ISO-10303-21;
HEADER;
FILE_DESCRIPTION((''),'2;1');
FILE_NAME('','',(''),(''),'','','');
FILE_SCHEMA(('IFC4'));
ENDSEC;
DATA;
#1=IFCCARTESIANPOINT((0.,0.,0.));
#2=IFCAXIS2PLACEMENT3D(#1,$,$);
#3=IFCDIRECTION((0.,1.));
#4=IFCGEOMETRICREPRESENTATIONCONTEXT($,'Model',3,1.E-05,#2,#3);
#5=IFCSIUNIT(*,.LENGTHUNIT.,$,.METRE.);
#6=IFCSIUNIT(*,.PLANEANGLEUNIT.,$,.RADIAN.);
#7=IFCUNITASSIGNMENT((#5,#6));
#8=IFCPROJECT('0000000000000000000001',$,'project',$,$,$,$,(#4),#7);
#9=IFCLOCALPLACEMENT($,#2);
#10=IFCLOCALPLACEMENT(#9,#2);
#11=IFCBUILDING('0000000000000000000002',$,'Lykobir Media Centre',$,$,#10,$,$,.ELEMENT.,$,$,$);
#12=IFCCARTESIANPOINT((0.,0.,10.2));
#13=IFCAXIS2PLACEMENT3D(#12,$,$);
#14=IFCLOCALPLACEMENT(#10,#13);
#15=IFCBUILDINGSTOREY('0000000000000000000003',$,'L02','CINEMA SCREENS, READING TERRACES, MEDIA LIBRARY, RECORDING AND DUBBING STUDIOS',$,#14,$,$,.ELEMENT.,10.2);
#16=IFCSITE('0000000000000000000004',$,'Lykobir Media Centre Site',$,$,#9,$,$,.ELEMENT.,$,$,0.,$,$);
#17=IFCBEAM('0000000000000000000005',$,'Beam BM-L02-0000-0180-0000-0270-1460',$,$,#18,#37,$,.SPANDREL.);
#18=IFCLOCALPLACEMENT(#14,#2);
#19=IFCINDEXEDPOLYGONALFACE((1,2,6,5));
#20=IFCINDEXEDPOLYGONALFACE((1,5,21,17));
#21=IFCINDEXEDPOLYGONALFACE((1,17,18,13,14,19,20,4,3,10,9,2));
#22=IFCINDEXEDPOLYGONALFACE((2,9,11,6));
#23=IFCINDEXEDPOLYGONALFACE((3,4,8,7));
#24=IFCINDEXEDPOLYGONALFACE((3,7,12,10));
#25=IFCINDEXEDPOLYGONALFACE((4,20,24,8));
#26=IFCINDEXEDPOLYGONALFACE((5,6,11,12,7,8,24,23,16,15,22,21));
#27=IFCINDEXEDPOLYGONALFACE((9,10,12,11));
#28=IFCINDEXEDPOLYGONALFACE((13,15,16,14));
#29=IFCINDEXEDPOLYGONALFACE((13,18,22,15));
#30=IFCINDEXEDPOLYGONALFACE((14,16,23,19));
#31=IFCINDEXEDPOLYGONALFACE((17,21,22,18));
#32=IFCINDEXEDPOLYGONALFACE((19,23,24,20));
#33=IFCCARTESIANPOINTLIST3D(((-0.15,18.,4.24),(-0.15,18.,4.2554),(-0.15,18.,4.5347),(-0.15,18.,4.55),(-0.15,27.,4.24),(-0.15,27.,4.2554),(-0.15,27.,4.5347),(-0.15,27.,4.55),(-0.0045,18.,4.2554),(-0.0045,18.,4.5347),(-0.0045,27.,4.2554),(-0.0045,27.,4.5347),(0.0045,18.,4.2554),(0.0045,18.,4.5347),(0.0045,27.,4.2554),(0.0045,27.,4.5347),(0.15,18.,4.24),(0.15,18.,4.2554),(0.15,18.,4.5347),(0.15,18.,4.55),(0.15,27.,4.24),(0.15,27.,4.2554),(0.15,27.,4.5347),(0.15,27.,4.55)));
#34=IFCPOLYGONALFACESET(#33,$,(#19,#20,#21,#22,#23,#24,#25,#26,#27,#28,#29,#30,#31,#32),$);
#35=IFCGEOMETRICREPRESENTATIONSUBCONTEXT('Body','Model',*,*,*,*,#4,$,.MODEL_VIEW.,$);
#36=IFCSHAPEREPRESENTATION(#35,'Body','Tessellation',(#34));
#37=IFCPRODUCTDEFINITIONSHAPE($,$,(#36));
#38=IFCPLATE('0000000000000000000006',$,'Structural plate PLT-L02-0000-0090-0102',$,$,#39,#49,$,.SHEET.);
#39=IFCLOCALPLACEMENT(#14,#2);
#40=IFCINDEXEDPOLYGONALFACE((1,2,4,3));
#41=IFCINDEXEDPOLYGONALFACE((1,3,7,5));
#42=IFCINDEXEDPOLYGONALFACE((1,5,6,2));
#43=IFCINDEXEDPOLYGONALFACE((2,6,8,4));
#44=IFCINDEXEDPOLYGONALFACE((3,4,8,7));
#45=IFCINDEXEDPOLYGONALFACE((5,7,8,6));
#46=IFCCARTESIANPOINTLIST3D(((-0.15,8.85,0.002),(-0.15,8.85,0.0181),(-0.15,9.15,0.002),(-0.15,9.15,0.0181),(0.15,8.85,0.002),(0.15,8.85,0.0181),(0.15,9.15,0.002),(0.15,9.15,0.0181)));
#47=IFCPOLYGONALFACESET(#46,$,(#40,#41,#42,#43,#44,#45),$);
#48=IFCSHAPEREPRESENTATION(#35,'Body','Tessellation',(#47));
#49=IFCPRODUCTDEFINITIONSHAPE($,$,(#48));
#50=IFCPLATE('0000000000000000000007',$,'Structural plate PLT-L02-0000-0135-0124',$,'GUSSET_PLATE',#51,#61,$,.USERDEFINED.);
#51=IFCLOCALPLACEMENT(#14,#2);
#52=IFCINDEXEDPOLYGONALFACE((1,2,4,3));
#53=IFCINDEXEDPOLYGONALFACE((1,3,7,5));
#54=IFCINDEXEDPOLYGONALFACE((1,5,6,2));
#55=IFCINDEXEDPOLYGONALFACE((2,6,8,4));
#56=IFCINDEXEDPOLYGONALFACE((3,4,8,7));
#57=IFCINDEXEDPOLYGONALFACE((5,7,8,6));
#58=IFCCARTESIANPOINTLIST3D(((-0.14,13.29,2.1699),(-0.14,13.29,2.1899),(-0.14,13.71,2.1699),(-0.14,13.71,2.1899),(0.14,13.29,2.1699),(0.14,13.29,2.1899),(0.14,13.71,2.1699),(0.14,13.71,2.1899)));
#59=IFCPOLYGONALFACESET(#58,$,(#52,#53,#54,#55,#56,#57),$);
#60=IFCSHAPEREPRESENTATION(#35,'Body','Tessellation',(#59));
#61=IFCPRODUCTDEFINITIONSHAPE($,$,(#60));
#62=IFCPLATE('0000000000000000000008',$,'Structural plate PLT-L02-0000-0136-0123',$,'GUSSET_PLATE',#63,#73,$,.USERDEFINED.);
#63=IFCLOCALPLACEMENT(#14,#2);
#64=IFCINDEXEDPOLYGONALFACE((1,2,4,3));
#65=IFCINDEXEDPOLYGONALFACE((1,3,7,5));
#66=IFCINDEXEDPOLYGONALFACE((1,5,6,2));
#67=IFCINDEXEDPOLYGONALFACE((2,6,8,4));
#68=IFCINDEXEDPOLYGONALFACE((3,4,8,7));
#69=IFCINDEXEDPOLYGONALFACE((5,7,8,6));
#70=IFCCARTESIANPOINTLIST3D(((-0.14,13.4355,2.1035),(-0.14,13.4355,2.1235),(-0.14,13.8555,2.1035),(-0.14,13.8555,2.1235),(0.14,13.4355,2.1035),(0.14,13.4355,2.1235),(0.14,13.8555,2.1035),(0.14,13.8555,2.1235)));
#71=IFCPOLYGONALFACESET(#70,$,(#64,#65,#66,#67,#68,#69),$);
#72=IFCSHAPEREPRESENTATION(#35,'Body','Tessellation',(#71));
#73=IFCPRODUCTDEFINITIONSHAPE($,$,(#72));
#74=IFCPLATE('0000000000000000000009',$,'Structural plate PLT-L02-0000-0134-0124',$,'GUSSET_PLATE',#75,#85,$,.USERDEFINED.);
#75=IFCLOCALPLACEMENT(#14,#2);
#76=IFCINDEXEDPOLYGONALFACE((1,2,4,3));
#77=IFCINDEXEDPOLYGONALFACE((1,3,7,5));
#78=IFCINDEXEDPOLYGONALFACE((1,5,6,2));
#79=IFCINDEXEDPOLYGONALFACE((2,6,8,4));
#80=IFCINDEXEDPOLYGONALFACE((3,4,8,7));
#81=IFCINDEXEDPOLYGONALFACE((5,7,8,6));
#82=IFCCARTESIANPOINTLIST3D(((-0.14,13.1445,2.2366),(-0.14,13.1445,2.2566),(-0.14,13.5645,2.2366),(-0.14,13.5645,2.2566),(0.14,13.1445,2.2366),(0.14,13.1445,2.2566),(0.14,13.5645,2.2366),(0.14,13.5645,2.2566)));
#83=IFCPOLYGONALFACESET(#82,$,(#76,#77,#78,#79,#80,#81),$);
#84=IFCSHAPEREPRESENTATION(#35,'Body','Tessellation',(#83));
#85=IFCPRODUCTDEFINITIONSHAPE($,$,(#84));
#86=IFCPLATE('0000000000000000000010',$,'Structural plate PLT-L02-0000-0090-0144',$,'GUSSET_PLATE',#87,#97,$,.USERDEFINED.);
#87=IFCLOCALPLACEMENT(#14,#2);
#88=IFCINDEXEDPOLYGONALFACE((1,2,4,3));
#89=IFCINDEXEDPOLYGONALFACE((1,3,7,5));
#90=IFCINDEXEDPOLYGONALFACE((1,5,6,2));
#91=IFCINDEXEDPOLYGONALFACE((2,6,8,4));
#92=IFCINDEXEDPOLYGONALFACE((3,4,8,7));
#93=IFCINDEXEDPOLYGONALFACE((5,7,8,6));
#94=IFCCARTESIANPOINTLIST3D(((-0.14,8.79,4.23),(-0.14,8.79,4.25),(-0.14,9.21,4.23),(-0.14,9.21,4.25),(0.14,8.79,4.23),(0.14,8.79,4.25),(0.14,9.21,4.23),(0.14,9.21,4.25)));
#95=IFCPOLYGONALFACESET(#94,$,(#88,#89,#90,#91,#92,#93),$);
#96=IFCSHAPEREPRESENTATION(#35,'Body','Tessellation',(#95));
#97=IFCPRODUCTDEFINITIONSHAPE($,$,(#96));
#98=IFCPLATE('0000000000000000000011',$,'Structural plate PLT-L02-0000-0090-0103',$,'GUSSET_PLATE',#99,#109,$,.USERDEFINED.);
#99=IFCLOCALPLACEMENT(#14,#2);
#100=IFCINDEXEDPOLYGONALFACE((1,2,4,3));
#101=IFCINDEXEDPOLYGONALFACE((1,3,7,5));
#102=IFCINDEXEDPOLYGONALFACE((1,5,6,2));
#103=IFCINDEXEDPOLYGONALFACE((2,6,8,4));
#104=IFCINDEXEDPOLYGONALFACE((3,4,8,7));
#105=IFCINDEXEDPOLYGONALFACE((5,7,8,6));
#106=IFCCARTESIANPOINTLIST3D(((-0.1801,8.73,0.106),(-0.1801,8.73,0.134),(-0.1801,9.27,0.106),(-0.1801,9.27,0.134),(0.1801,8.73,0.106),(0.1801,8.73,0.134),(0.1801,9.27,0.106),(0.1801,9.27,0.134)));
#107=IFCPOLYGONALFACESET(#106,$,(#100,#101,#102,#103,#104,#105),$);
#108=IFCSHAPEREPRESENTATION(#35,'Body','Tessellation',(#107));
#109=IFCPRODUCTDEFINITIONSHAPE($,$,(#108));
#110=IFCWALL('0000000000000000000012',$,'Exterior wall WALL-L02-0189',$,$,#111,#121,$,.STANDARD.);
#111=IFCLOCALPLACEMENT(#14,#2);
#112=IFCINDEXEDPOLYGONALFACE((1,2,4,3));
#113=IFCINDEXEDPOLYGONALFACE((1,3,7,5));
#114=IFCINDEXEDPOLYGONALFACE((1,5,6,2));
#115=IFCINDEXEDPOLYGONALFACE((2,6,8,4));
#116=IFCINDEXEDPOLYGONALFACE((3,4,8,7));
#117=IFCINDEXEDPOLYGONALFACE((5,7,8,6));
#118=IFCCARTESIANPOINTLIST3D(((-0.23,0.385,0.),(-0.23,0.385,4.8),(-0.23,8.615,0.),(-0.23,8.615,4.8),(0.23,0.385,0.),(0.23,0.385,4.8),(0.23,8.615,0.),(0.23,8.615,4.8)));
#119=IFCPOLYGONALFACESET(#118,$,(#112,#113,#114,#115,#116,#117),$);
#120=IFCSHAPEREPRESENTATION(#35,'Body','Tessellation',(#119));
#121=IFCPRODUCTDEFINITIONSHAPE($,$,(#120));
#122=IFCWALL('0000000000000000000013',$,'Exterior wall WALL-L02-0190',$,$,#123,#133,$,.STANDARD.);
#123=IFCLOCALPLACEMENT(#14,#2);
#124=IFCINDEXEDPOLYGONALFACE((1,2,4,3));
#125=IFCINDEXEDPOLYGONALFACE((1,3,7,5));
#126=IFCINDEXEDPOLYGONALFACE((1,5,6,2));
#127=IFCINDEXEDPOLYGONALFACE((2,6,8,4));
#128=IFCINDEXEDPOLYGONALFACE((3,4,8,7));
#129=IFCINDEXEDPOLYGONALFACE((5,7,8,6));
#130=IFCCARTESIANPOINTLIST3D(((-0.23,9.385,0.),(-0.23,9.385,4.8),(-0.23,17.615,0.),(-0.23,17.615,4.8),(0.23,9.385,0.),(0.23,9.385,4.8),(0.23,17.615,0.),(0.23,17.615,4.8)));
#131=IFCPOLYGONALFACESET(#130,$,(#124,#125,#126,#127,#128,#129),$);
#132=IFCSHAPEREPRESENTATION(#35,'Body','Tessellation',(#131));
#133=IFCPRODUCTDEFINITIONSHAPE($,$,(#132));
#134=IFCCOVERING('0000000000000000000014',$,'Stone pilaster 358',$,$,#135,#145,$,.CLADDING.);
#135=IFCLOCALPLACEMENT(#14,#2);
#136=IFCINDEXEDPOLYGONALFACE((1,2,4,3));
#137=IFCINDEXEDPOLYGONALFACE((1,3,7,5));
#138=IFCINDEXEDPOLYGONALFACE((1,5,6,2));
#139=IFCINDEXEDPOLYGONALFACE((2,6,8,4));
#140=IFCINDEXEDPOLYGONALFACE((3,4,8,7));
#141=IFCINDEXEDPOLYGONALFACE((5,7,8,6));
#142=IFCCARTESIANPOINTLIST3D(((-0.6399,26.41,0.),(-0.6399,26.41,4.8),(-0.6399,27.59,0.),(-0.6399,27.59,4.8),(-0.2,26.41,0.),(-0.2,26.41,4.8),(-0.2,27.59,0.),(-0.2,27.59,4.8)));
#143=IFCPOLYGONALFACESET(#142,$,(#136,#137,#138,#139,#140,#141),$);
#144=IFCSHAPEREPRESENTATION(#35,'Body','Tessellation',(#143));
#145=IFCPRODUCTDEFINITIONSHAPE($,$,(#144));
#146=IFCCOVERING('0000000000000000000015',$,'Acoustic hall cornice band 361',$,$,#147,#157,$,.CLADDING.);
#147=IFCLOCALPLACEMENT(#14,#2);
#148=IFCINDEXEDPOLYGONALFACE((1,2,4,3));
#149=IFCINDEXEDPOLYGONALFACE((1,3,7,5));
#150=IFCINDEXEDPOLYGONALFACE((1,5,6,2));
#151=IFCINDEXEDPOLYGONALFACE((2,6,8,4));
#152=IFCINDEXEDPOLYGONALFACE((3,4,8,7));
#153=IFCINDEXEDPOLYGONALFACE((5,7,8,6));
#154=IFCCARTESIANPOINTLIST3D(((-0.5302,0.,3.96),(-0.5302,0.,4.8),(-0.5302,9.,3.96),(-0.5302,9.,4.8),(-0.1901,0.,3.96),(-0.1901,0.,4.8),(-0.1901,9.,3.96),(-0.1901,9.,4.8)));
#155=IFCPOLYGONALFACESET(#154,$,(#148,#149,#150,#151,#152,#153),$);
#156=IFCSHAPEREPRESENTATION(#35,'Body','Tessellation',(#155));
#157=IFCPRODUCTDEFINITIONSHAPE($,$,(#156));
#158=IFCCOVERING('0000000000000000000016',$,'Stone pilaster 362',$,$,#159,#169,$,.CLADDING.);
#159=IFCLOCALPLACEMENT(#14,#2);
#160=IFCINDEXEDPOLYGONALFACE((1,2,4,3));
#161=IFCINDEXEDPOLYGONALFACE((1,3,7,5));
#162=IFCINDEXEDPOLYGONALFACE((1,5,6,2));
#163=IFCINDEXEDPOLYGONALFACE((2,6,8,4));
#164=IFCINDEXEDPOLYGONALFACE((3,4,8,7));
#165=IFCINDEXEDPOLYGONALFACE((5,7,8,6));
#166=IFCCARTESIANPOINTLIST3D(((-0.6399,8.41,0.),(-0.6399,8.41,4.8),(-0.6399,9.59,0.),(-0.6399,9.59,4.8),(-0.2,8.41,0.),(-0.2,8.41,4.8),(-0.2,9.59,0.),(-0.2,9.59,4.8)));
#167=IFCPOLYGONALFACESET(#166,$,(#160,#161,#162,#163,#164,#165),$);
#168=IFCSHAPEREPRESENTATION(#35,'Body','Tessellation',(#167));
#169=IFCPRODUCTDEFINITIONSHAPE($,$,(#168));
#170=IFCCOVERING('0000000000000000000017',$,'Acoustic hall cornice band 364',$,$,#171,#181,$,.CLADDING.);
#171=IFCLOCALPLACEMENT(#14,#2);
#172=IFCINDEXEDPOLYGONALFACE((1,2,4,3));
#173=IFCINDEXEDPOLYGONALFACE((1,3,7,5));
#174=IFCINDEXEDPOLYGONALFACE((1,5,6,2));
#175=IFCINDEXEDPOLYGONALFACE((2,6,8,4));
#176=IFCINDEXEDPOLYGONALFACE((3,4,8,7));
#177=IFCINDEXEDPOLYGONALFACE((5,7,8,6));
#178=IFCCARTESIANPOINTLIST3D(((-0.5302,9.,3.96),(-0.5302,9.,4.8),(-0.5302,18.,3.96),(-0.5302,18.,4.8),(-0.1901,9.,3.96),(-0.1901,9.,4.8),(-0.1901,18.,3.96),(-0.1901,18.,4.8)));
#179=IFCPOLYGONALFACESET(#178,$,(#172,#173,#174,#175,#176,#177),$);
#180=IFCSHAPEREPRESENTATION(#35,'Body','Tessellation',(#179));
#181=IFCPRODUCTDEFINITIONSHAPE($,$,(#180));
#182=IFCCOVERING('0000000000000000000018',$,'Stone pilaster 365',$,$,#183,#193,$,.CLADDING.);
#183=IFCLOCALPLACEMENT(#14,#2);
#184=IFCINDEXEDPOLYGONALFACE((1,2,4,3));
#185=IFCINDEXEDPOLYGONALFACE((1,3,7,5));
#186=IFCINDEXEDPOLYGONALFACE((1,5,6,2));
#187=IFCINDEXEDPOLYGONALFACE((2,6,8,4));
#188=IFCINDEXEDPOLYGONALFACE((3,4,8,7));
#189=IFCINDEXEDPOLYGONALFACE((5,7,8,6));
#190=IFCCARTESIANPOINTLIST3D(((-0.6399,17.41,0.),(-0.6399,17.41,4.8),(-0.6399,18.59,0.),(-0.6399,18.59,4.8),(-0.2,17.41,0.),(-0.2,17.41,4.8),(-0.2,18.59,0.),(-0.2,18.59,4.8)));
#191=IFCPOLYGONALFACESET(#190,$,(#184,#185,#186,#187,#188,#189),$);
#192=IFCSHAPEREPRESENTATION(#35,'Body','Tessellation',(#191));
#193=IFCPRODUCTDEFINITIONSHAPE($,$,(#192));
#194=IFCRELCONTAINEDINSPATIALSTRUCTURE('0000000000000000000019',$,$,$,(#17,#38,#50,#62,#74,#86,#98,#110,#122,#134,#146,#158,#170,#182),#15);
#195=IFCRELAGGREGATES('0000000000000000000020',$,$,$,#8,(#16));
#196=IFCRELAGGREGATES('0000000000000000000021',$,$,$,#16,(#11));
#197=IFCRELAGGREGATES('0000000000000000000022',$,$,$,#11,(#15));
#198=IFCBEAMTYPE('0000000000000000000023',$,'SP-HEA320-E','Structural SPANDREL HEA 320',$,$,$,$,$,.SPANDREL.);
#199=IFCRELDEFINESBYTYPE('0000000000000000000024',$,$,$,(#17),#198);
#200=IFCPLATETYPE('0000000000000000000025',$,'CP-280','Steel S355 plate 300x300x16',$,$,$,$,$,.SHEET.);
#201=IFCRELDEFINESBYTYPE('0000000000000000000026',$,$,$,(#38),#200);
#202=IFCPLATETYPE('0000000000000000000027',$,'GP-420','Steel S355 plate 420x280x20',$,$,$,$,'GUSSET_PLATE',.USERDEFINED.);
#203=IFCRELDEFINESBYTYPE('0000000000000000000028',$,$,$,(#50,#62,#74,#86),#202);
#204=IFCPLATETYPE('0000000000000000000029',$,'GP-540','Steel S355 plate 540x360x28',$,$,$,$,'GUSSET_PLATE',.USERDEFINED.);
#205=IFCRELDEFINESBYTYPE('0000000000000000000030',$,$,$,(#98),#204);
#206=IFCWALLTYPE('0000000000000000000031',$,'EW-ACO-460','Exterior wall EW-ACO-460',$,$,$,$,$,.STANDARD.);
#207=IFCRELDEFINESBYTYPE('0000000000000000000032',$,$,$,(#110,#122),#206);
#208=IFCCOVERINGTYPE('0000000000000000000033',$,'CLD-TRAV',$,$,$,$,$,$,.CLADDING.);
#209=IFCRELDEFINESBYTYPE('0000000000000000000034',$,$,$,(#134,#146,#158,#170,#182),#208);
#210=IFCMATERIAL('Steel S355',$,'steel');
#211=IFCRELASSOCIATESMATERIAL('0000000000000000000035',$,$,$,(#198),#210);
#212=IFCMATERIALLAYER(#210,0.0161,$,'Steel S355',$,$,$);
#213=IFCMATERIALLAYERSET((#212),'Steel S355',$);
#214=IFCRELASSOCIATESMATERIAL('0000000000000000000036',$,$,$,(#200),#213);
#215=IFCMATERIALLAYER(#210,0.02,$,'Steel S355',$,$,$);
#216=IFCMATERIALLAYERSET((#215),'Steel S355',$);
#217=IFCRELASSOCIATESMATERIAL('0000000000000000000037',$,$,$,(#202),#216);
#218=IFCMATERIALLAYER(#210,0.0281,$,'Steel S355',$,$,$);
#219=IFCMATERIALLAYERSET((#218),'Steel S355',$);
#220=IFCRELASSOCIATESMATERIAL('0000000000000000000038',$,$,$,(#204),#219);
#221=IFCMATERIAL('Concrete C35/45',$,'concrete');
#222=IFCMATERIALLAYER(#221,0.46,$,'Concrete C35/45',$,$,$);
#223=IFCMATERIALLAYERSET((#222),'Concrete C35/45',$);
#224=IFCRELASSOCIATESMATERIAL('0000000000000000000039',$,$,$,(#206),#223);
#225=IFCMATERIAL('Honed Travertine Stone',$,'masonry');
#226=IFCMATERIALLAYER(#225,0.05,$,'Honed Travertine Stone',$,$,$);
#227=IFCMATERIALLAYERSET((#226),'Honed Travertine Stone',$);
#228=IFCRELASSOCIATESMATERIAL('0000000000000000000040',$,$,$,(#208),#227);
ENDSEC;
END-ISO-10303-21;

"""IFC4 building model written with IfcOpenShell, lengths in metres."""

from ifc_helpers import new_model, si_unit, direction, frame, frame_2d, origin, origin_2d, place, context, subcontext, project, spatial, rectangle, i_section, extrude, material, layer, layer_set, material_profile, profile_set, type_object, element, save


model = new_model("IFC4")

# Units and contexts
model_context = context("Model", 3, precision=1e-05, world=origin(), true_north=direction((0.0, 1.0)))
body_context = subcontext(model_context, "Body", "Model", "MODEL_VIEW")
ifc_project = project(units=[si_unit("LENGTHUNIT", "METRE"), si_unit("PLANEANGLEUNIT", "RADIAN")], contexts=[model_context])

# Site, building, storey
site_placement = place(None, origin())
site = spatial("IfcSite", under=ifc_project, at=site_placement, Name="Lykobir Media Centre Site", CompositionType="ELEMENT", RefElevation=0.0)
building_placement = place(site_placement, origin())
building = spatial("IfcBuilding", under=site, at=building_placement, Name="Lykobir Media Centre", CompositionType="ELEMENT")
storey_placement = place(building_placement, frame((0.0, 0.0, 10.2)))
storey = spatial("IfcBuildingStorey", under=building, at=storey_placement, Name="L02", Description="CINEMA SCREENS, READING TERRACES, MEDIA LIBRARY, RECORDING AND DUBBING STUDIOS", CompositionType="ELEMENT", Elevation=10.2)

# Shared definitions
ifc_material_1 = material(Name="Honed Travertine Stone", Category="masonry")

# Shared definitions
ifc_material_2 = material(Name="Steel S355", Category="steel")

# Beam
ifc_material_profile_1 = material_profile(ifc_material_2, i_section(OverallWidth=0.3, OverallDepth=0.3101, WebThickness=0.009, FlangeThickness=0.0154, at=origin_2d()), Name="HEA 320")
ifc_profile_set_1 = profile_set([ifc_material_profile_1], Name="Steel S355")
beam_type = type_object("IfcBeamType", Name="SP-HEA320-E", Description="Structural SPANDREL HEA 320", PredefinedType="SPANDREL", material=ifc_profile_set_1)
for number, where, z_axis, x_axis, name in (
    (1, (0.0, 18.0, 4.395), (0.0, 1.0, 0.0), (-1.0, 0.0, 0.0), "Beam BM-L02-0000-0180-0000-0270-1460"),
):
    element("IfcBeam", number, at=place(storey_placement, frame(where, z_axis=z_axis, x_axis=x_axis)), inside=storey, type_object=beam_type, Name=name, PredefinedType="SPANDREL", context=body_context, shape_type="SweptSolid", body=[
        extrude(i_section(OverallWidth=0.3, OverallDepth=0.3101, WebThickness=0.009, FlangeThickness=0.0154, at=origin_2d()), origin(), (0.0, 0.0, 1.0), 9.0),
    ])

# Plates
ifc_layer_1 = layer(ifc_material_2, 0.0161, Name="Steel S355")
ifc_layer_set_1 = layer_set([ifc_layer_1], Name="Steel S355")
plate_type_1 = type_object("IfcPlateType", Name="CP-280", Description="Steel S355 plate 300x300x16", PredefinedType="SHEET", material=ifc_layer_set_1)
plate_1_placement = place(storey_placement, frame((0.0, 9.0, 0.002), z_axis=(0.0, 0.0, 1.0), x_axis=(0.0, 1.0, 0.0)))
element("IfcPlate", 2, at=plate_1_placement, inside=storey, type_object=plate_type_1, Name="Structural plate PLT-L02-0000-0090-0102", PredefinedType="SHEET", context=body_context, shape_type="SweptSolid", body=[
    extrude(rectangle(XDim=0.3, YDim=0.3, at=origin_2d()), origin(), (0.0, 0.0, 1.0), 0.0161),
])
ifc_layer_2 = layer(ifc_material_2, 0.02, Name="Steel S355")
ifc_layer_set_2 = layer_set([ifc_layer_2], Name="Steel S355")
plate_type_2 = type_object("IfcPlateType", Name="GP-420", Description="Steel S355 plate 420x280x20", ElementType="GUSSET_PLATE", PredefinedType="USERDEFINED", material=ifc_layer_set_2)
for number, where, z_axis, x_axis, name in (
    (3, (0.0, 13.5, 2.1699), (0.0, 0.0, 1.0), (0.0, 1.0, 0.0), "Structural plate PLT-L02-0000-0135-0124"),
    (4, (0.0, 13.6455, 2.1035), (0.0, 0.0, 1.0), (0.0, 1.0, 0.0), "Structural plate PLT-L02-0000-0136-0123"),
    (5, (0.0, 13.3545, 2.2366), (0.0, 0.0, 1.0), (0.0, 1.0, 0.0), "Structural plate PLT-L02-0000-0134-0124"),
    (6, (0.0, 9.0, 4.23), (0.0, 0.0, 1.0), (0.0, 1.0, 0.0), "Structural plate PLT-L02-0000-0090-0144"),
):
    element("IfcPlate", number, at=place(storey_placement, frame(where, z_axis=z_axis, x_axis=x_axis)), inside=storey, type_object=plate_type_2, Name=name, ObjectType="GUSSET_PLATE", PredefinedType="USERDEFINED", context=body_context, shape_type="SweptSolid", body=[
        extrude(rectangle(XDim=0.4199, YDim=0.28, at=origin_2d()), origin(), (0.0, 0.0, 1.0), 0.02),
    ])
ifc_layer_3 = layer(ifc_material_2, 0.0281, Name="Steel S355")
ifc_layer_set_3 = layer_set([ifc_layer_3], Name="Steel S355")
plate_type_3 = type_object("IfcPlateType", Name="GP-540", Description="Steel S355 plate 540x360x28", ElementType="GUSSET_PLATE", PredefinedType="USERDEFINED", material=ifc_layer_set_3)
plate_2_placement = place(storey_placement, frame((0.0, 9.0, 0.106), z_axis=(0.0, 0.0, 1.0), x_axis=(0.0, 1.0, 0.0)))
element("IfcPlate", 7, at=plate_2_placement, inside=storey, type_object=plate_type_3, Name="Structural plate PLT-L02-0000-0090-0103", ObjectType="GUSSET_PLATE", PredefinedType="USERDEFINED", context=body_context, shape_type="SweptSolid", body=[
    extrude(rectangle(XDim=0.54, YDim=0.3601, at=origin_2d()), origin(), (0.0, 0.0, 1.0), 0.0281),
])

# Walls
ifc_material_3 = material(Name="Concrete C35/45", Category="concrete")
ifc_layer_4 = layer(ifc_material_3, 0.46, Name="Concrete C35/45")
ifc_layer_set_4 = layer_set([ifc_layer_4], Name="Concrete C35/45")
wall_type = type_object("IfcWallType", Name="EW-ACO-460", Description="Exterior wall EW-ACO-460", PredefinedType="STANDARD", material=ifc_layer_set_4)
for number, where, z_axis, x_axis, name in (
    (8, (0.0, 8.615, 0.0), (0.0, 0.0, 1.0), (0.0, -1.0, 0.0), "Exterior wall WALL-L02-0189"),
    (9, (0.0, 17.615, 0.0), (0.0, 0.0, 1.0), (0.0, -1.0, 0.0), "Exterior wall WALL-L02-0190"),
):
    element("IfcWall", number, at=place(storey_placement, frame(where, z_axis=z_axis, x_axis=x_axis)), inside=storey, type_object=wall_type, Name=name, PredefinedType="STANDARD", context=body_context, shape_type="SweptSolid", body=[
        extrude(rectangle(XDim=8.23, YDim=0.46, at=frame_2d((4.115, 0.0))), origin(), (0.0, 0.0, 1.0), 4.8),
    ])

# Coverings
ifc_layer_5 = layer(ifc_material_1, 0.05, Name="Honed Travertine Stone")
ifc_layer_set_5 = layer_set([ifc_layer_5], Name="Honed Travertine Stone")
covering_type = type_object("IfcCoveringType", Name="CLD-TRAV", PredefinedType="CLADDING", material=ifc_layer_set_5)
covering_1_placement = place(storey_placement, frame((-0.4199, 27.0, 0.0), z_axis=(0.0, 0.0, 1.0), x_axis=(0.0, -1.0, 0.0)))
element("IfcCovering", 10, at=covering_1_placement, inside=storey, type_object=covering_type, Name="Stone pilaster 358", PredefinedType="CLADDING", context=body_context, shape_type="SweptSolid", body=[
    extrude(rectangle(XDim=1.1799, YDim=0.4399, at=origin_2d()), origin(), (0.0, 0.0, 1.0), 4.8),
])
covering_2_placement = place(storey_placement, frame((-0.3601, 4.5, 3.96), z_axis=(0.0, 0.0, 1.0), x_axis=(0.0, -1.0, 0.0)))
element("IfcCovering", 11, at=covering_2_placement, inside=storey, type_object=covering_type, Name="Acoustic hall cornice band 361", PredefinedType="CLADDING", context=body_context, shape_type="SweptSolid", body=[
    extrude(rectangle(XDim=9.0, YDim=0.3401, at=origin_2d()), origin(), (0.0, 0.0, 1.0), 0.8401),
])
covering_3_placement = place(storey_placement, frame((-0.4199, 9.0, 0.0), z_axis=(0.0, 0.0, 1.0), x_axis=(0.0, -1.0, 0.0)))
element("IfcCovering", 12, at=covering_3_placement, inside=storey, type_object=covering_type, Name="Stone pilaster 362", PredefinedType="CLADDING", context=body_context, shape_type="SweptSolid", body=[
    extrude(rectangle(XDim=1.1799, YDim=0.4399, at=origin_2d()), origin(), (0.0, 0.0, 1.0), 4.8),
])
covering_4_placement = place(storey_placement, frame((-0.3601, 13.5, 3.96), z_axis=(0.0, 0.0, 1.0), x_axis=(0.0, -1.0, 0.0)))
element("IfcCovering", 13, at=covering_4_placement, inside=storey, type_object=covering_type, Name="Acoustic hall cornice band 364", PredefinedType="CLADDING", context=body_context, shape_type="SweptSolid", body=[
    extrude(rectangle(XDim=9.0, YDim=0.3401, at=origin_2d()), origin(), (0.0, 0.0, 1.0), 0.8401),
])
covering_5_placement = place(storey_placement, frame((-0.4199, 18.0, 0.0), z_axis=(0.0, 0.0, 1.0), x_axis=(0.0, -1.0, 0.0)))
element("IfcCovering", 14, at=covering_5_placement, inside=storey, type_object=covering_type, Name="Stone pilaster 365", PredefinedType="CLADDING", context=body_context, shape_type="SweptSolid", body=[
    extrude(rectangle(XDim=1.1799, YDim=0.4399, at=origin_2d()), origin(), (0.0, 0.0, 1.0), 4.8),
])

save(model, "model.ifc")
